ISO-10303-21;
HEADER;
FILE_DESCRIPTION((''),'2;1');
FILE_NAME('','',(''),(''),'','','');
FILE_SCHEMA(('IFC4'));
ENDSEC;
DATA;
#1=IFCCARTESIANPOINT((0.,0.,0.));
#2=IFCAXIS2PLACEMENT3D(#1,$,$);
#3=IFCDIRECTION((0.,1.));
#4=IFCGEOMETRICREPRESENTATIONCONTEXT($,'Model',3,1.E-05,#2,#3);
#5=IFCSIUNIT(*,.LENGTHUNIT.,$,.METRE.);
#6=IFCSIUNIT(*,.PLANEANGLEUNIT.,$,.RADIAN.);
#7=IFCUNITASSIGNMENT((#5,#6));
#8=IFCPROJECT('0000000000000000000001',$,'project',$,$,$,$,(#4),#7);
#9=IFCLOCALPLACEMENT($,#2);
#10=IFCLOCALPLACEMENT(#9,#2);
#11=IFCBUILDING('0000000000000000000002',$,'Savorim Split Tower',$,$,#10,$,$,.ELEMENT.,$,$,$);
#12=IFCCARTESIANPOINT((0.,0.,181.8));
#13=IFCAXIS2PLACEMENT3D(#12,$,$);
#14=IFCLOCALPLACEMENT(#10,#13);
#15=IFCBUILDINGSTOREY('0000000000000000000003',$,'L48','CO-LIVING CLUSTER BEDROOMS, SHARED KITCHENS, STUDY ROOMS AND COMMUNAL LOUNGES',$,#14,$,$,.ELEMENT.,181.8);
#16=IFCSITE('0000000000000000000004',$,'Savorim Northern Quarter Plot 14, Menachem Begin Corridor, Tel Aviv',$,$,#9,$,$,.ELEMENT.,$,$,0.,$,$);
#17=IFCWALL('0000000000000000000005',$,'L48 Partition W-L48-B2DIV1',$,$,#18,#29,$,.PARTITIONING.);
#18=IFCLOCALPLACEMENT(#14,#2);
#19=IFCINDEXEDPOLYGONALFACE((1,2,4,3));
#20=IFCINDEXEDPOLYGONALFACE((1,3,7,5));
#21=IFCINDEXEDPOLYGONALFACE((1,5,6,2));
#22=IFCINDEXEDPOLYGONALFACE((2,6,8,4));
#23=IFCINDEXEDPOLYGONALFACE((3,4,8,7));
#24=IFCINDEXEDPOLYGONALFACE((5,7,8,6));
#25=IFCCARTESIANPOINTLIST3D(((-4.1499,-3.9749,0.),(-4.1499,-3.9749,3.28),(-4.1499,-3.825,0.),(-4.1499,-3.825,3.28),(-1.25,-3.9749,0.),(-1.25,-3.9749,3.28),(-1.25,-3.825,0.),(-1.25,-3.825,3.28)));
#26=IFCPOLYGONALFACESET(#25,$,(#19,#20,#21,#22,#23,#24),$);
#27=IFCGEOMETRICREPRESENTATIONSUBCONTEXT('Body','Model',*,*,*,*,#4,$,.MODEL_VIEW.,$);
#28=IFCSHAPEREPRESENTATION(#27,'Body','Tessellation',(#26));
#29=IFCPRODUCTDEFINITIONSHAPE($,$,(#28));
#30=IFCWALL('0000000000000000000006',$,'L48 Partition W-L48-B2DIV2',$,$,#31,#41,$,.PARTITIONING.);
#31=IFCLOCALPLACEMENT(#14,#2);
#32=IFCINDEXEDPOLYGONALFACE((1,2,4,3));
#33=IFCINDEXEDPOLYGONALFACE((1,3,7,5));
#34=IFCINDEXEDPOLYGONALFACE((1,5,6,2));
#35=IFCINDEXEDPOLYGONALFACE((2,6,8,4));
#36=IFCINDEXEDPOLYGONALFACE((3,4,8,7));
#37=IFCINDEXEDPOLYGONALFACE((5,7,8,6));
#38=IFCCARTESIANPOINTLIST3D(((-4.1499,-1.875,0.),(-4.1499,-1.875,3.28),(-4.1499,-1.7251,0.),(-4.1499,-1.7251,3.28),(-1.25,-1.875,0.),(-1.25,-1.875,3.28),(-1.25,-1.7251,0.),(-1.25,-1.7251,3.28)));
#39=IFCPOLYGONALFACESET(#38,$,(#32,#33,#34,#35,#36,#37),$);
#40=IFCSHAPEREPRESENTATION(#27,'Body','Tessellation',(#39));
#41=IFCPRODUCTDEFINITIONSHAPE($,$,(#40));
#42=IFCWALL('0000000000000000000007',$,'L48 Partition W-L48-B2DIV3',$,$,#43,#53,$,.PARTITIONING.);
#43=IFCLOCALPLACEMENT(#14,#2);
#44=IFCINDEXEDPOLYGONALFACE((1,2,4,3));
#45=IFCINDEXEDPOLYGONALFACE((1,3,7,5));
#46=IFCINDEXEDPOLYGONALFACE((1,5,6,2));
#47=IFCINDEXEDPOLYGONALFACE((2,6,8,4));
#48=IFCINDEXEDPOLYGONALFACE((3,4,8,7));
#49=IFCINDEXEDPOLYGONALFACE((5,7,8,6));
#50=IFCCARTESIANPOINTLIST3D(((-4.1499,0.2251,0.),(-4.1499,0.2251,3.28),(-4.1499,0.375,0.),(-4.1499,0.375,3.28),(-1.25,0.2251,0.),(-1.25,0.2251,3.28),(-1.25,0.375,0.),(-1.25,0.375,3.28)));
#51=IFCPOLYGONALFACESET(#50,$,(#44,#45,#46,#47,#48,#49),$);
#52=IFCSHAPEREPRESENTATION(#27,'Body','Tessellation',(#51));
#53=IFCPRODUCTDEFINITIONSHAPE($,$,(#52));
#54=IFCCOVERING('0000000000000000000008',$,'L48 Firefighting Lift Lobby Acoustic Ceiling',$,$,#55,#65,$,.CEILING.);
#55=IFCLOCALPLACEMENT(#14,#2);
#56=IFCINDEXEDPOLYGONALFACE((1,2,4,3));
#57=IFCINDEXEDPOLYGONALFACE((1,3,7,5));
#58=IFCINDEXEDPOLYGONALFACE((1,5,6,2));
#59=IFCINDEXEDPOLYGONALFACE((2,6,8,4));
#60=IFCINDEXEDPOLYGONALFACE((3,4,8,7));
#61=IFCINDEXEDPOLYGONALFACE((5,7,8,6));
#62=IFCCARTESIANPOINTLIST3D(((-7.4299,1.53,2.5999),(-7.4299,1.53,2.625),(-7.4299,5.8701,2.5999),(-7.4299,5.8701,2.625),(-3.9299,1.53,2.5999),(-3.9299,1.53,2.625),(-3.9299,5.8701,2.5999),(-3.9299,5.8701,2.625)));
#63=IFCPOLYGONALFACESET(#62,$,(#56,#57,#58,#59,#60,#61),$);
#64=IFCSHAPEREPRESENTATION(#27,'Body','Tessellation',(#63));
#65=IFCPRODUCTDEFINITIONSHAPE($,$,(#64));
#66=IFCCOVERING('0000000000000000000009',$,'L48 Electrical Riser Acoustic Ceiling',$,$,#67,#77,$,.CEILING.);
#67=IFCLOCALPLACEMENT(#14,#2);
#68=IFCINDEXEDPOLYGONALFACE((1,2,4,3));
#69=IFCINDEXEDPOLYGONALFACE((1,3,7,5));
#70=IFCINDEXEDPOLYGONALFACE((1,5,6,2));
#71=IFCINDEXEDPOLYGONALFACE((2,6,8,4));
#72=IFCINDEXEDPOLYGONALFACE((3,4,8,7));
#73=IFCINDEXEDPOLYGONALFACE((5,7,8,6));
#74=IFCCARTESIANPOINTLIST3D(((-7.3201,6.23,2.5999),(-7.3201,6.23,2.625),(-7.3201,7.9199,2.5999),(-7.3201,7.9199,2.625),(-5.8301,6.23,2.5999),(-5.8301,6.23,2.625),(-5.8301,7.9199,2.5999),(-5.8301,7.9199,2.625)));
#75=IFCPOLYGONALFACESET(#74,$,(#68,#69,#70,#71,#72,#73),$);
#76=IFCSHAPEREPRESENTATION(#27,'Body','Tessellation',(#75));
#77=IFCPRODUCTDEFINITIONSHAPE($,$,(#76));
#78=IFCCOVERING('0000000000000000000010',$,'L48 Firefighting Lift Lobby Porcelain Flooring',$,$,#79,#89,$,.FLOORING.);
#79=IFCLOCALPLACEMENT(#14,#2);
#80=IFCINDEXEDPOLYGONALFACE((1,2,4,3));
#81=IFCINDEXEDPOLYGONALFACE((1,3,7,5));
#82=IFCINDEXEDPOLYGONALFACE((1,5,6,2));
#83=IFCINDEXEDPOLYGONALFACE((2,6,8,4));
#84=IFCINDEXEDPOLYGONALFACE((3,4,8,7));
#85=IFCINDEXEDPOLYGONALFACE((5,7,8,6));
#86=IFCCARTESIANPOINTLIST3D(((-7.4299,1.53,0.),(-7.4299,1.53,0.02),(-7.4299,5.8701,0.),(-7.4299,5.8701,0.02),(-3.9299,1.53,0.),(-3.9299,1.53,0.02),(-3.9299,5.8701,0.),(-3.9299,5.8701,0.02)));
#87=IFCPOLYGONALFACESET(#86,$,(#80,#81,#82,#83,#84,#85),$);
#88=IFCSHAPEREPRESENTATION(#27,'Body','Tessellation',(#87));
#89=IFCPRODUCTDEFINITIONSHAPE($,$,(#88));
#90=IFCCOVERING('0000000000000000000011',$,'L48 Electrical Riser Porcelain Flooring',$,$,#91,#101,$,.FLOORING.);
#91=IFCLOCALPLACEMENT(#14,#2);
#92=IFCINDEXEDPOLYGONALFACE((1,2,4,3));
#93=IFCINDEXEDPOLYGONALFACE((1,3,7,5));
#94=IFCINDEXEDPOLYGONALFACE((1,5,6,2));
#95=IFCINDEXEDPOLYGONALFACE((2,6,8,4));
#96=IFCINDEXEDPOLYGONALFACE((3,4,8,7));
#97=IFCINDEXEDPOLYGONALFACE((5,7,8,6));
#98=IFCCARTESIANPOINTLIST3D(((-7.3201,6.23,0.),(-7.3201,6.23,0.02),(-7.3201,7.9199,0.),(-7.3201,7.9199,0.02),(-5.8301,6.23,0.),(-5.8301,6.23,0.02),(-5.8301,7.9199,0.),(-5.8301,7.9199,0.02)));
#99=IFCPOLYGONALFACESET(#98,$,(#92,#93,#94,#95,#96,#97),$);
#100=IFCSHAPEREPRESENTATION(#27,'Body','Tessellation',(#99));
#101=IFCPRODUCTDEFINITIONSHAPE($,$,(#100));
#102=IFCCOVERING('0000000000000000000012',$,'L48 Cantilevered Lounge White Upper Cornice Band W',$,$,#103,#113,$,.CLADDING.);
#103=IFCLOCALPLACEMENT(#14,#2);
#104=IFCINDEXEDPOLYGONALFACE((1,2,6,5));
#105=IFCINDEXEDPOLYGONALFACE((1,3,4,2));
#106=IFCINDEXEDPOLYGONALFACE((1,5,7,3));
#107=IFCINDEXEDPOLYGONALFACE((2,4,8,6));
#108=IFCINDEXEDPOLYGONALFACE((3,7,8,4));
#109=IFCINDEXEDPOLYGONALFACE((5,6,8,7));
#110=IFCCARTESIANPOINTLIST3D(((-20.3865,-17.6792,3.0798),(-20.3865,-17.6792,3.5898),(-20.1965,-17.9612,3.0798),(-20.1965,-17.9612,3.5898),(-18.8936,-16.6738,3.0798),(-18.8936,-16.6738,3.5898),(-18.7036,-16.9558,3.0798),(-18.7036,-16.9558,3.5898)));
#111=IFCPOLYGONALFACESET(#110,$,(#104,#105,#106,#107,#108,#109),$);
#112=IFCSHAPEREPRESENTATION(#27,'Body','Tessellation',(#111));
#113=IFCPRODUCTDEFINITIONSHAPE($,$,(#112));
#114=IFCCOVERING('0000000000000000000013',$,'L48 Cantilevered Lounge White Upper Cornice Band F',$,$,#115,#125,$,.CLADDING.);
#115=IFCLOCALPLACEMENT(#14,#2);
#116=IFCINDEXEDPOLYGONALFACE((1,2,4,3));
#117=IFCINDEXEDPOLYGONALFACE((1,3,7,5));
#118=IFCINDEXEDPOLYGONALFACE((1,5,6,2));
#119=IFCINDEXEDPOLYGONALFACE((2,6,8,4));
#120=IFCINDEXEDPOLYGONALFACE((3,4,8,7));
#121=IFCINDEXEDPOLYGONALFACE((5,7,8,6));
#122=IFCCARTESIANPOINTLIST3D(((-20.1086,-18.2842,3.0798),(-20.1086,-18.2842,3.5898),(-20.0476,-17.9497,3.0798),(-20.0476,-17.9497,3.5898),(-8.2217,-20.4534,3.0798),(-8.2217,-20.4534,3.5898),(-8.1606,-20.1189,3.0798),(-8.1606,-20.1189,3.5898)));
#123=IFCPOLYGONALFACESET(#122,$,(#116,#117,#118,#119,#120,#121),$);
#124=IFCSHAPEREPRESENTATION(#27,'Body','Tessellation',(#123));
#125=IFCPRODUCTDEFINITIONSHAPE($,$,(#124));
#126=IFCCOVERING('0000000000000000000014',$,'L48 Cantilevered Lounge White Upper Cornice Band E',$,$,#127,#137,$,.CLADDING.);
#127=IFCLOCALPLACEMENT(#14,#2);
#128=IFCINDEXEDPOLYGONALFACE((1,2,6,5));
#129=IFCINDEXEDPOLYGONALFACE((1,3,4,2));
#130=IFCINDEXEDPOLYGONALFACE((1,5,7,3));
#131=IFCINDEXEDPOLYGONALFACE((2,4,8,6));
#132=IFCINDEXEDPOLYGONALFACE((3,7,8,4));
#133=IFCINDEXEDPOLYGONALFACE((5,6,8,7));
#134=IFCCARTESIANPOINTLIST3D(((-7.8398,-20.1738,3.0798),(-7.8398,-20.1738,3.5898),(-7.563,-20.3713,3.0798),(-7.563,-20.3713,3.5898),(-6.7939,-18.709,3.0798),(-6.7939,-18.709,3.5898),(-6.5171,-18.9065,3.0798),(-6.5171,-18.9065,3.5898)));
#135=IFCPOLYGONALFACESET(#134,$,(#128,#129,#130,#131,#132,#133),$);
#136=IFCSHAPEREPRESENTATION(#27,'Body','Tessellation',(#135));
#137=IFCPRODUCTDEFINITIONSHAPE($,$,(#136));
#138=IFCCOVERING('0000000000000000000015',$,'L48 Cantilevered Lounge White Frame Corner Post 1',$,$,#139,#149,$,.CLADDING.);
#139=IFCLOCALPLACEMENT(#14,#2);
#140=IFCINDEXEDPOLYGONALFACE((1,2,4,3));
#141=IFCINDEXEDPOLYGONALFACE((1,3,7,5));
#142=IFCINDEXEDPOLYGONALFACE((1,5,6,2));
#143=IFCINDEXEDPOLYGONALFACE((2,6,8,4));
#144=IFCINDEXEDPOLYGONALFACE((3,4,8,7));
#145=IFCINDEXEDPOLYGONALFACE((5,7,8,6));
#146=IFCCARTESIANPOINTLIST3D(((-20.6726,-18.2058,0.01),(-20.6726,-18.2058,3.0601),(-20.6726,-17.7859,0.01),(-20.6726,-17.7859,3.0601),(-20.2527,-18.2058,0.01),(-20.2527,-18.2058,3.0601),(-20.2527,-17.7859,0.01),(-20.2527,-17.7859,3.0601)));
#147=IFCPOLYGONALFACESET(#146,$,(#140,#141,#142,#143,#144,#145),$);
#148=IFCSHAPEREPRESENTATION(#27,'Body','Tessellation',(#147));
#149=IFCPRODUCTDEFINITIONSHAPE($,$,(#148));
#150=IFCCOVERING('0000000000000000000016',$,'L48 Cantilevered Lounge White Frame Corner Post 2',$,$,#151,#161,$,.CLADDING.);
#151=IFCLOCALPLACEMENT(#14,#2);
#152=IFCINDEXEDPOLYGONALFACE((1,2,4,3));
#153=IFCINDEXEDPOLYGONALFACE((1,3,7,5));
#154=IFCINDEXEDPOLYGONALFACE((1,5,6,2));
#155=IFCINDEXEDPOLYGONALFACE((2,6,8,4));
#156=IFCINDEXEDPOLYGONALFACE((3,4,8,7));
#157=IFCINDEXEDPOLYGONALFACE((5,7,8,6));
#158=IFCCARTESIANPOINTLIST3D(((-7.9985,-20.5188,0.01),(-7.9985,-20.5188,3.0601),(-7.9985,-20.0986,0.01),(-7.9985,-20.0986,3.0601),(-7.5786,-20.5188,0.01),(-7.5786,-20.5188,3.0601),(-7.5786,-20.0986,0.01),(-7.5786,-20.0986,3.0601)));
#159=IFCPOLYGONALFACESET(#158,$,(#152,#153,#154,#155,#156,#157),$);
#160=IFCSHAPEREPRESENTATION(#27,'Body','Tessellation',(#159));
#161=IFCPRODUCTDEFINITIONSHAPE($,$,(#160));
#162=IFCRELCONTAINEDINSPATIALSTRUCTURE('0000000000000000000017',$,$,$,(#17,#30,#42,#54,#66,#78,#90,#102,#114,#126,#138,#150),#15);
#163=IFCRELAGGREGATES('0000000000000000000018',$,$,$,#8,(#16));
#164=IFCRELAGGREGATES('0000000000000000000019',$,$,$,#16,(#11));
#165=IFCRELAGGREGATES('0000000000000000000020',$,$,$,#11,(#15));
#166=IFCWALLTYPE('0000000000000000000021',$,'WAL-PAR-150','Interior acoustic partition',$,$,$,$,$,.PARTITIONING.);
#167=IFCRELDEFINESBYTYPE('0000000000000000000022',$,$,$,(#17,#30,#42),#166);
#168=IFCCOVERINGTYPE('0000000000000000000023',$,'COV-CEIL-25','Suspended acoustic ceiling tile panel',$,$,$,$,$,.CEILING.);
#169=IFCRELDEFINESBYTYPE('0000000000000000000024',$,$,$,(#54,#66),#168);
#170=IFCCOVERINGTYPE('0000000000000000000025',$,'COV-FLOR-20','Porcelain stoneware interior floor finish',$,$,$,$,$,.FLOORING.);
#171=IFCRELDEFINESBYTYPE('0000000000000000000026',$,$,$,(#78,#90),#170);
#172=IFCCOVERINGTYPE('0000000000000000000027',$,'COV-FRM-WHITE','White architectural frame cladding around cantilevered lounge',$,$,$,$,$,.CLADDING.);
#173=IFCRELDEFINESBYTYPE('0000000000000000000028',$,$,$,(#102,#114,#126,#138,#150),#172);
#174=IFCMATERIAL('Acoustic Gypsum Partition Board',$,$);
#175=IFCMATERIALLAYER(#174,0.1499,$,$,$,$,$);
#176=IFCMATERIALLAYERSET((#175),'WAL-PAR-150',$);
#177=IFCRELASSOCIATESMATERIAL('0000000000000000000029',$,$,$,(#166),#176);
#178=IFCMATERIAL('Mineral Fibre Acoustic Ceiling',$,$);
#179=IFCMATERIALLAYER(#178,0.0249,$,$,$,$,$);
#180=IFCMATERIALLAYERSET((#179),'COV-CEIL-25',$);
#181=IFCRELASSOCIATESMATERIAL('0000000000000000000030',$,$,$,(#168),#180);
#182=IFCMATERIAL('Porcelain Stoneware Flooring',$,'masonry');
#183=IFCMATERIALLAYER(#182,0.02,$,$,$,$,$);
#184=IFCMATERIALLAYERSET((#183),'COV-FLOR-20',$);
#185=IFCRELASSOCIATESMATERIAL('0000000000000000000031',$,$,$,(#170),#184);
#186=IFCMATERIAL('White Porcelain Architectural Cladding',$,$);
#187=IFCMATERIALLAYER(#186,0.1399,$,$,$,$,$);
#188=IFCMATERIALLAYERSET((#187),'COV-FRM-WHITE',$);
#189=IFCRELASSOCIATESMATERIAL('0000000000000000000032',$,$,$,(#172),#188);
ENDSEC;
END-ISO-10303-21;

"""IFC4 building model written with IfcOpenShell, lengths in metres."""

from ifc_helpers import new_model, si_unit, direction, frame, frame_2d, origin, place, context, subcontext, project, spatial, polyline, rectangle, outline, extrude, material, layer, layer_set, type_object, element, save


model = new_model("IFC4")

# Units and contexts
model_context = context("Model", 3, precision=1e-05, world=origin(), true_north=direction((0.0, 1.0)))
body_context = subcontext(model_context, "Body", "Model", "MODEL_VIEW")
ifc_project = project(units=[si_unit("LENGTHUNIT", "METRE"), si_unit("PLANEANGLEUNIT", "RADIAN")], contexts=[model_context])

# Site, building, storey
site_placement = place(None, origin())
site = spatial("IfcSite", under=ifc_project, at=site_placement, Name="Savorim Northern Quarter Plot 14, Menachem Begin Corridor, Tel Aviv", CompositionType="ELEMENT", RefElevation=0.0)
building_placement = place(site_placement, origin())
building = spatial("IfcBuilding", under=site, at=building_placement, Name="Savorim Split Tower", CompositionType="ELEMENT")
storey_placement = place(building_placement, frame((0.0, 0.0, 181.8)))
storey = spatial("IfcBuildingStorey", under=building, at=storey_placement, Name="L48", Description="CO-LIVING CLUSTER BEDROOMS, SHARED KITCHENS, STUDY ROOMS AND COMMUNAL LOUNGES", CompositionType="ELEMENT", Elevation=181.8)

# Walls
ifc_material_1 = material(Name="Acoustic Gypsum Partition Board")
ifc_layer_1 = layer(ifc_material_1, 0.1499)
ifc_layer_set_1 = layer_set([ifc_layer_1], Name="WAL-PAR-150")
wall_type_1 = type_object("IfcWallType", Name="WAL-PAR-150", Description="Interior acoustic partition", PredefinedType="PARTITIONING", material=ifc_layer_set_1)
for number, where, z_axis, x_axis, name in (
    (1, (-4.1499, -3.8999, 0.0), (0.0, 0.0, 1.0), (1.0, 0.0, 0.0), "L48 Partition W-L48-B2DIV1"),
    (2, (-4.1499, -1.8, 0.0), (0.0, 0.0, 1.0), (1.0, 0.0, 0.0), "L48 Partition W-L48-B2DIV2"),
    (3, (-4.1499, 0.3, 0.0), (0.0, 0.0, 1.0), (1.0, 0.0, 0.0), "L48 Partition W-L48-B2DIV3"),
):
    element("IfcWall", number, at=place(storey_placement, frame(where, z_axis=z_axis, x_axis=x_axis)), inside=storey, type_object=wall_type_1, Name=name, PredefinedType="PARTITIONING", context=body_context, shape_type="SweptSolid", body=[
        extrude(rectangle(XDim=2.8999, YDim=0.1499, at=frame_2d((1.45, 0.0))), origin(), (0.0, 0.0, 1.0), 3.28),
    ])

# Coverings
ifc_material_2 = material(Name="Mineral Fibre Acoustic Ceiling")
ifc_layer_2 = layer(ifc_material_2, 0.0249)
ifc_layer_set_2 = layer_set([ifc_layer_2], Name="COV-CEIL-25")
covering_type_1 = type_object("IfcCoveringType", Name="COV-CEIL-25", Description="Suspended acoustic ceiling tile panel", PredefinedType="CEILING", material=ifc_layer_set_2)
covering_1_placement = place(storey_placement, frame((0.0, 0.0, 2.5999)))
element("IfcCovering", 4, at=covering_1_placement, inside=storey, type_object=covering_type_1, Name="L48 Firefighting Lift Lobby Acoustic Ceiling", PredefinedType="CEILING", context=body_context, shape_type="SweptSolid", body=[
    extrude(outline(polyline([(-7.4299, 5.8701), (-7.4299, 1.53), (-3.9299, 1.53), (-3.9299, 5.8701), (-7.4299, 5.8701)])), origin(), (0.0, 0.0, 1.0), 0.0251),
])
covering_2_placement = place(storey_placement, frame((0.0, 0.0, 2.5999)))
element("IfcCovering", 5, at=covering_2_placement, inside=storey, type_object=covering_type_1, Name="L48 Electrical Riser Acoustic Ceiling", PredefinedType="CEILING", context=body_context, shape_type="SweptSolid", body=[
    extrude(outline(polyline([(-7.3201, 7.9199), (-7.3201, 6.23), (-5.8301, 6.23), (-5.8301, 7.9199), (-7.3201, 7.9199)])), origin(), (0.0, 0.0, 1.0), 0.0251),
])
ifc_material_3 = material(Name="Porcelain Stoneware Flooring", Category="masonry")
ifc_layer_3 = layer(ifc_material_3, 0.02)
ifc_layer_set_3 = layer_set([ifc_layer_3], Name="COV-FLOR-20")
covering_type_2 = type_object("IfcCoveringType", Name="COV-FLOR-20", Description="Porcelain stoneware interior floor finish", PredefinedType="FLOORING", material=ifc_layer_set_3)
covering_3_placement = place(storey_placement, origin())
element("IfcCovering", 6, at=covering_3_placement, inside=storey, type_object=covering_type_2, Name="L48 Firefighting Lift Lobby Porcelain Flooring", PredefinedType="FLOORING", context=body_context, shape_type="SweptSolid", body=[
    extrude(outline(polyline([(-7.4299, 5.8701), (-7.4299, 1.53), (-3.9299, 1.53), (-3.9299, 5.8701), (-7.4299, 5.8701)])), origin(), (0.0, 0.0, 1.0), 0.02),
])
covering_4_placement = place(storey_placement, origin())
element("IfcCovering", 7, at=covering_4_placement, inside=storey, type_object=covering_type_2, Name="L48 Electrical Riser Porcelain Flooring", PredefinedType="FLOORING", context=body_context, shape_type="SweptSolid", body=[
    extrude(outline(polyline([(-7.3201, 7.9199), (-7.3201, 6.23), (-5.8301, 6.23), (-5.8301, 7.9199), (-7.3201, 7.9199)])), origin(), (0.0, 0.0, 1.0), 0.02),
])
ifc_material_4 = material(Name="White Porcelain Architectural Cladding")
ifc_layer_4 = layer(ifc_material_4, 0.1399)
ifc_layer_set_4 = layer_set([ifc_layer_4], Name="COV-FRM-WHITE")
covering_type_3 = type_object("IfcCoveringType", Name="COV-FRM-WHITE", Description="White architectural frame cladding around cantilevered lounge", PredefinedType="CLADDING", material=ifc_layer_set_4)
covering_5_placement = place(storey_placement, frame((0.0, 0.0, 3.0798)))
element("IfcCovering", 8, at=covering_5_placement, inside=storey, type_object=covering_type_3, Name="L48 Cantilevered Lounge White Upper Cornice Band W", PredefinedType="CLADDING", context=body_context, shape_type="SweptSolid", body=[
    extrude(outline(polyline([(-18.8936, -16.6738), (-20.3865, -17.6792), (-20.1965, -17.9612), (-18.7036, -16.9558), (-18.8936, -16.6738)])), origin(), (0.0, 0.0, 1.0), 0.51),
])
covering_6_placement = place(storey_placement, frame((0.0, 0.0, 3.0798)))
element("IfcCovering", 9, at=covering_6_placement, inside=storey, type_object=covering_type_3, Name="L48 Cantilevered Lounge White Upper Cornice Band F", PredefinedType="CLADDING", context=body_context, shape_type="SweptSolid", body=[
    extrude(outline(polyline([(-20.1086, -18.2842), (-8.2217, -20.4534), (-8.1606, -20.1189), (-20.0476, -17.9497), (-20.1086, -18.2842)])), origin(), (0.0, 0.0, 1.0), 0.51),
])
covering_7_placement = place(storey_placement, frame((0.0, 0.0, 3.0798)))
element("IfcCovering", 10, at=covering_7_placement, inside=storey, type_object=covering_type_3, Name="L48 Cantilevered Lounge White Upper Cornice Band E", PredefinedType="CLADDING", context=body_context, shape_type="SweptSolid", body=[
    extrude(outline(polyline([(-7.563, -20.3713), (-6.5171, -18.9065), (-6.7939, -18.709), (-7.8398, -20.1738), (-7.563, -20.3713)])), origin(), (0.0, 0.0, 1.0), 0.51),
])
covering_8_placement = place(storey_placement, frame((0.0, 0.0, 0.01)))
element("IfcCovering", 11, at=covering_8_placement, inside=storey, type_object=covering_type_3, Name="L48 Cantilevered Lounge White Frame Corner Post 1", PredefinedType="CLADDING", context=body_context, shape_type="SweptSolid", body=[
    extrude(outline(polyline([(-20.6726, -18.2058), (-20.2527, -18.2058), (-20.2527, -17.7859), (-20.6726, -17.7859), (-20.6726, -18.2058)])), origin(), (0.0, 0.0, 1.0), 3.05),
])
covering_9_placement = place(storey_placement, frame((0.0, 0.0, 0.01)))
element("IfcCovering", 12, at=covering_9_placement, inside=storey, type_object=covering_type_3, Name="L48 Cantilevered Lounge White Frame Corner Post 2", PredefinedType="CLADDING", context=body_context, shape_type="SweptSolid", body=[
    extrude(outline(polyline([(-7.9985, -20.5188), (-7.5786, -20.5188), (-7.5786, -20.0986), (-7.9985, -20.0986), (-7.9985, -20.5188)])), origin(), (0.0, 0.0, 1.0), 3.05),
])

save(model, "model.ifc")
